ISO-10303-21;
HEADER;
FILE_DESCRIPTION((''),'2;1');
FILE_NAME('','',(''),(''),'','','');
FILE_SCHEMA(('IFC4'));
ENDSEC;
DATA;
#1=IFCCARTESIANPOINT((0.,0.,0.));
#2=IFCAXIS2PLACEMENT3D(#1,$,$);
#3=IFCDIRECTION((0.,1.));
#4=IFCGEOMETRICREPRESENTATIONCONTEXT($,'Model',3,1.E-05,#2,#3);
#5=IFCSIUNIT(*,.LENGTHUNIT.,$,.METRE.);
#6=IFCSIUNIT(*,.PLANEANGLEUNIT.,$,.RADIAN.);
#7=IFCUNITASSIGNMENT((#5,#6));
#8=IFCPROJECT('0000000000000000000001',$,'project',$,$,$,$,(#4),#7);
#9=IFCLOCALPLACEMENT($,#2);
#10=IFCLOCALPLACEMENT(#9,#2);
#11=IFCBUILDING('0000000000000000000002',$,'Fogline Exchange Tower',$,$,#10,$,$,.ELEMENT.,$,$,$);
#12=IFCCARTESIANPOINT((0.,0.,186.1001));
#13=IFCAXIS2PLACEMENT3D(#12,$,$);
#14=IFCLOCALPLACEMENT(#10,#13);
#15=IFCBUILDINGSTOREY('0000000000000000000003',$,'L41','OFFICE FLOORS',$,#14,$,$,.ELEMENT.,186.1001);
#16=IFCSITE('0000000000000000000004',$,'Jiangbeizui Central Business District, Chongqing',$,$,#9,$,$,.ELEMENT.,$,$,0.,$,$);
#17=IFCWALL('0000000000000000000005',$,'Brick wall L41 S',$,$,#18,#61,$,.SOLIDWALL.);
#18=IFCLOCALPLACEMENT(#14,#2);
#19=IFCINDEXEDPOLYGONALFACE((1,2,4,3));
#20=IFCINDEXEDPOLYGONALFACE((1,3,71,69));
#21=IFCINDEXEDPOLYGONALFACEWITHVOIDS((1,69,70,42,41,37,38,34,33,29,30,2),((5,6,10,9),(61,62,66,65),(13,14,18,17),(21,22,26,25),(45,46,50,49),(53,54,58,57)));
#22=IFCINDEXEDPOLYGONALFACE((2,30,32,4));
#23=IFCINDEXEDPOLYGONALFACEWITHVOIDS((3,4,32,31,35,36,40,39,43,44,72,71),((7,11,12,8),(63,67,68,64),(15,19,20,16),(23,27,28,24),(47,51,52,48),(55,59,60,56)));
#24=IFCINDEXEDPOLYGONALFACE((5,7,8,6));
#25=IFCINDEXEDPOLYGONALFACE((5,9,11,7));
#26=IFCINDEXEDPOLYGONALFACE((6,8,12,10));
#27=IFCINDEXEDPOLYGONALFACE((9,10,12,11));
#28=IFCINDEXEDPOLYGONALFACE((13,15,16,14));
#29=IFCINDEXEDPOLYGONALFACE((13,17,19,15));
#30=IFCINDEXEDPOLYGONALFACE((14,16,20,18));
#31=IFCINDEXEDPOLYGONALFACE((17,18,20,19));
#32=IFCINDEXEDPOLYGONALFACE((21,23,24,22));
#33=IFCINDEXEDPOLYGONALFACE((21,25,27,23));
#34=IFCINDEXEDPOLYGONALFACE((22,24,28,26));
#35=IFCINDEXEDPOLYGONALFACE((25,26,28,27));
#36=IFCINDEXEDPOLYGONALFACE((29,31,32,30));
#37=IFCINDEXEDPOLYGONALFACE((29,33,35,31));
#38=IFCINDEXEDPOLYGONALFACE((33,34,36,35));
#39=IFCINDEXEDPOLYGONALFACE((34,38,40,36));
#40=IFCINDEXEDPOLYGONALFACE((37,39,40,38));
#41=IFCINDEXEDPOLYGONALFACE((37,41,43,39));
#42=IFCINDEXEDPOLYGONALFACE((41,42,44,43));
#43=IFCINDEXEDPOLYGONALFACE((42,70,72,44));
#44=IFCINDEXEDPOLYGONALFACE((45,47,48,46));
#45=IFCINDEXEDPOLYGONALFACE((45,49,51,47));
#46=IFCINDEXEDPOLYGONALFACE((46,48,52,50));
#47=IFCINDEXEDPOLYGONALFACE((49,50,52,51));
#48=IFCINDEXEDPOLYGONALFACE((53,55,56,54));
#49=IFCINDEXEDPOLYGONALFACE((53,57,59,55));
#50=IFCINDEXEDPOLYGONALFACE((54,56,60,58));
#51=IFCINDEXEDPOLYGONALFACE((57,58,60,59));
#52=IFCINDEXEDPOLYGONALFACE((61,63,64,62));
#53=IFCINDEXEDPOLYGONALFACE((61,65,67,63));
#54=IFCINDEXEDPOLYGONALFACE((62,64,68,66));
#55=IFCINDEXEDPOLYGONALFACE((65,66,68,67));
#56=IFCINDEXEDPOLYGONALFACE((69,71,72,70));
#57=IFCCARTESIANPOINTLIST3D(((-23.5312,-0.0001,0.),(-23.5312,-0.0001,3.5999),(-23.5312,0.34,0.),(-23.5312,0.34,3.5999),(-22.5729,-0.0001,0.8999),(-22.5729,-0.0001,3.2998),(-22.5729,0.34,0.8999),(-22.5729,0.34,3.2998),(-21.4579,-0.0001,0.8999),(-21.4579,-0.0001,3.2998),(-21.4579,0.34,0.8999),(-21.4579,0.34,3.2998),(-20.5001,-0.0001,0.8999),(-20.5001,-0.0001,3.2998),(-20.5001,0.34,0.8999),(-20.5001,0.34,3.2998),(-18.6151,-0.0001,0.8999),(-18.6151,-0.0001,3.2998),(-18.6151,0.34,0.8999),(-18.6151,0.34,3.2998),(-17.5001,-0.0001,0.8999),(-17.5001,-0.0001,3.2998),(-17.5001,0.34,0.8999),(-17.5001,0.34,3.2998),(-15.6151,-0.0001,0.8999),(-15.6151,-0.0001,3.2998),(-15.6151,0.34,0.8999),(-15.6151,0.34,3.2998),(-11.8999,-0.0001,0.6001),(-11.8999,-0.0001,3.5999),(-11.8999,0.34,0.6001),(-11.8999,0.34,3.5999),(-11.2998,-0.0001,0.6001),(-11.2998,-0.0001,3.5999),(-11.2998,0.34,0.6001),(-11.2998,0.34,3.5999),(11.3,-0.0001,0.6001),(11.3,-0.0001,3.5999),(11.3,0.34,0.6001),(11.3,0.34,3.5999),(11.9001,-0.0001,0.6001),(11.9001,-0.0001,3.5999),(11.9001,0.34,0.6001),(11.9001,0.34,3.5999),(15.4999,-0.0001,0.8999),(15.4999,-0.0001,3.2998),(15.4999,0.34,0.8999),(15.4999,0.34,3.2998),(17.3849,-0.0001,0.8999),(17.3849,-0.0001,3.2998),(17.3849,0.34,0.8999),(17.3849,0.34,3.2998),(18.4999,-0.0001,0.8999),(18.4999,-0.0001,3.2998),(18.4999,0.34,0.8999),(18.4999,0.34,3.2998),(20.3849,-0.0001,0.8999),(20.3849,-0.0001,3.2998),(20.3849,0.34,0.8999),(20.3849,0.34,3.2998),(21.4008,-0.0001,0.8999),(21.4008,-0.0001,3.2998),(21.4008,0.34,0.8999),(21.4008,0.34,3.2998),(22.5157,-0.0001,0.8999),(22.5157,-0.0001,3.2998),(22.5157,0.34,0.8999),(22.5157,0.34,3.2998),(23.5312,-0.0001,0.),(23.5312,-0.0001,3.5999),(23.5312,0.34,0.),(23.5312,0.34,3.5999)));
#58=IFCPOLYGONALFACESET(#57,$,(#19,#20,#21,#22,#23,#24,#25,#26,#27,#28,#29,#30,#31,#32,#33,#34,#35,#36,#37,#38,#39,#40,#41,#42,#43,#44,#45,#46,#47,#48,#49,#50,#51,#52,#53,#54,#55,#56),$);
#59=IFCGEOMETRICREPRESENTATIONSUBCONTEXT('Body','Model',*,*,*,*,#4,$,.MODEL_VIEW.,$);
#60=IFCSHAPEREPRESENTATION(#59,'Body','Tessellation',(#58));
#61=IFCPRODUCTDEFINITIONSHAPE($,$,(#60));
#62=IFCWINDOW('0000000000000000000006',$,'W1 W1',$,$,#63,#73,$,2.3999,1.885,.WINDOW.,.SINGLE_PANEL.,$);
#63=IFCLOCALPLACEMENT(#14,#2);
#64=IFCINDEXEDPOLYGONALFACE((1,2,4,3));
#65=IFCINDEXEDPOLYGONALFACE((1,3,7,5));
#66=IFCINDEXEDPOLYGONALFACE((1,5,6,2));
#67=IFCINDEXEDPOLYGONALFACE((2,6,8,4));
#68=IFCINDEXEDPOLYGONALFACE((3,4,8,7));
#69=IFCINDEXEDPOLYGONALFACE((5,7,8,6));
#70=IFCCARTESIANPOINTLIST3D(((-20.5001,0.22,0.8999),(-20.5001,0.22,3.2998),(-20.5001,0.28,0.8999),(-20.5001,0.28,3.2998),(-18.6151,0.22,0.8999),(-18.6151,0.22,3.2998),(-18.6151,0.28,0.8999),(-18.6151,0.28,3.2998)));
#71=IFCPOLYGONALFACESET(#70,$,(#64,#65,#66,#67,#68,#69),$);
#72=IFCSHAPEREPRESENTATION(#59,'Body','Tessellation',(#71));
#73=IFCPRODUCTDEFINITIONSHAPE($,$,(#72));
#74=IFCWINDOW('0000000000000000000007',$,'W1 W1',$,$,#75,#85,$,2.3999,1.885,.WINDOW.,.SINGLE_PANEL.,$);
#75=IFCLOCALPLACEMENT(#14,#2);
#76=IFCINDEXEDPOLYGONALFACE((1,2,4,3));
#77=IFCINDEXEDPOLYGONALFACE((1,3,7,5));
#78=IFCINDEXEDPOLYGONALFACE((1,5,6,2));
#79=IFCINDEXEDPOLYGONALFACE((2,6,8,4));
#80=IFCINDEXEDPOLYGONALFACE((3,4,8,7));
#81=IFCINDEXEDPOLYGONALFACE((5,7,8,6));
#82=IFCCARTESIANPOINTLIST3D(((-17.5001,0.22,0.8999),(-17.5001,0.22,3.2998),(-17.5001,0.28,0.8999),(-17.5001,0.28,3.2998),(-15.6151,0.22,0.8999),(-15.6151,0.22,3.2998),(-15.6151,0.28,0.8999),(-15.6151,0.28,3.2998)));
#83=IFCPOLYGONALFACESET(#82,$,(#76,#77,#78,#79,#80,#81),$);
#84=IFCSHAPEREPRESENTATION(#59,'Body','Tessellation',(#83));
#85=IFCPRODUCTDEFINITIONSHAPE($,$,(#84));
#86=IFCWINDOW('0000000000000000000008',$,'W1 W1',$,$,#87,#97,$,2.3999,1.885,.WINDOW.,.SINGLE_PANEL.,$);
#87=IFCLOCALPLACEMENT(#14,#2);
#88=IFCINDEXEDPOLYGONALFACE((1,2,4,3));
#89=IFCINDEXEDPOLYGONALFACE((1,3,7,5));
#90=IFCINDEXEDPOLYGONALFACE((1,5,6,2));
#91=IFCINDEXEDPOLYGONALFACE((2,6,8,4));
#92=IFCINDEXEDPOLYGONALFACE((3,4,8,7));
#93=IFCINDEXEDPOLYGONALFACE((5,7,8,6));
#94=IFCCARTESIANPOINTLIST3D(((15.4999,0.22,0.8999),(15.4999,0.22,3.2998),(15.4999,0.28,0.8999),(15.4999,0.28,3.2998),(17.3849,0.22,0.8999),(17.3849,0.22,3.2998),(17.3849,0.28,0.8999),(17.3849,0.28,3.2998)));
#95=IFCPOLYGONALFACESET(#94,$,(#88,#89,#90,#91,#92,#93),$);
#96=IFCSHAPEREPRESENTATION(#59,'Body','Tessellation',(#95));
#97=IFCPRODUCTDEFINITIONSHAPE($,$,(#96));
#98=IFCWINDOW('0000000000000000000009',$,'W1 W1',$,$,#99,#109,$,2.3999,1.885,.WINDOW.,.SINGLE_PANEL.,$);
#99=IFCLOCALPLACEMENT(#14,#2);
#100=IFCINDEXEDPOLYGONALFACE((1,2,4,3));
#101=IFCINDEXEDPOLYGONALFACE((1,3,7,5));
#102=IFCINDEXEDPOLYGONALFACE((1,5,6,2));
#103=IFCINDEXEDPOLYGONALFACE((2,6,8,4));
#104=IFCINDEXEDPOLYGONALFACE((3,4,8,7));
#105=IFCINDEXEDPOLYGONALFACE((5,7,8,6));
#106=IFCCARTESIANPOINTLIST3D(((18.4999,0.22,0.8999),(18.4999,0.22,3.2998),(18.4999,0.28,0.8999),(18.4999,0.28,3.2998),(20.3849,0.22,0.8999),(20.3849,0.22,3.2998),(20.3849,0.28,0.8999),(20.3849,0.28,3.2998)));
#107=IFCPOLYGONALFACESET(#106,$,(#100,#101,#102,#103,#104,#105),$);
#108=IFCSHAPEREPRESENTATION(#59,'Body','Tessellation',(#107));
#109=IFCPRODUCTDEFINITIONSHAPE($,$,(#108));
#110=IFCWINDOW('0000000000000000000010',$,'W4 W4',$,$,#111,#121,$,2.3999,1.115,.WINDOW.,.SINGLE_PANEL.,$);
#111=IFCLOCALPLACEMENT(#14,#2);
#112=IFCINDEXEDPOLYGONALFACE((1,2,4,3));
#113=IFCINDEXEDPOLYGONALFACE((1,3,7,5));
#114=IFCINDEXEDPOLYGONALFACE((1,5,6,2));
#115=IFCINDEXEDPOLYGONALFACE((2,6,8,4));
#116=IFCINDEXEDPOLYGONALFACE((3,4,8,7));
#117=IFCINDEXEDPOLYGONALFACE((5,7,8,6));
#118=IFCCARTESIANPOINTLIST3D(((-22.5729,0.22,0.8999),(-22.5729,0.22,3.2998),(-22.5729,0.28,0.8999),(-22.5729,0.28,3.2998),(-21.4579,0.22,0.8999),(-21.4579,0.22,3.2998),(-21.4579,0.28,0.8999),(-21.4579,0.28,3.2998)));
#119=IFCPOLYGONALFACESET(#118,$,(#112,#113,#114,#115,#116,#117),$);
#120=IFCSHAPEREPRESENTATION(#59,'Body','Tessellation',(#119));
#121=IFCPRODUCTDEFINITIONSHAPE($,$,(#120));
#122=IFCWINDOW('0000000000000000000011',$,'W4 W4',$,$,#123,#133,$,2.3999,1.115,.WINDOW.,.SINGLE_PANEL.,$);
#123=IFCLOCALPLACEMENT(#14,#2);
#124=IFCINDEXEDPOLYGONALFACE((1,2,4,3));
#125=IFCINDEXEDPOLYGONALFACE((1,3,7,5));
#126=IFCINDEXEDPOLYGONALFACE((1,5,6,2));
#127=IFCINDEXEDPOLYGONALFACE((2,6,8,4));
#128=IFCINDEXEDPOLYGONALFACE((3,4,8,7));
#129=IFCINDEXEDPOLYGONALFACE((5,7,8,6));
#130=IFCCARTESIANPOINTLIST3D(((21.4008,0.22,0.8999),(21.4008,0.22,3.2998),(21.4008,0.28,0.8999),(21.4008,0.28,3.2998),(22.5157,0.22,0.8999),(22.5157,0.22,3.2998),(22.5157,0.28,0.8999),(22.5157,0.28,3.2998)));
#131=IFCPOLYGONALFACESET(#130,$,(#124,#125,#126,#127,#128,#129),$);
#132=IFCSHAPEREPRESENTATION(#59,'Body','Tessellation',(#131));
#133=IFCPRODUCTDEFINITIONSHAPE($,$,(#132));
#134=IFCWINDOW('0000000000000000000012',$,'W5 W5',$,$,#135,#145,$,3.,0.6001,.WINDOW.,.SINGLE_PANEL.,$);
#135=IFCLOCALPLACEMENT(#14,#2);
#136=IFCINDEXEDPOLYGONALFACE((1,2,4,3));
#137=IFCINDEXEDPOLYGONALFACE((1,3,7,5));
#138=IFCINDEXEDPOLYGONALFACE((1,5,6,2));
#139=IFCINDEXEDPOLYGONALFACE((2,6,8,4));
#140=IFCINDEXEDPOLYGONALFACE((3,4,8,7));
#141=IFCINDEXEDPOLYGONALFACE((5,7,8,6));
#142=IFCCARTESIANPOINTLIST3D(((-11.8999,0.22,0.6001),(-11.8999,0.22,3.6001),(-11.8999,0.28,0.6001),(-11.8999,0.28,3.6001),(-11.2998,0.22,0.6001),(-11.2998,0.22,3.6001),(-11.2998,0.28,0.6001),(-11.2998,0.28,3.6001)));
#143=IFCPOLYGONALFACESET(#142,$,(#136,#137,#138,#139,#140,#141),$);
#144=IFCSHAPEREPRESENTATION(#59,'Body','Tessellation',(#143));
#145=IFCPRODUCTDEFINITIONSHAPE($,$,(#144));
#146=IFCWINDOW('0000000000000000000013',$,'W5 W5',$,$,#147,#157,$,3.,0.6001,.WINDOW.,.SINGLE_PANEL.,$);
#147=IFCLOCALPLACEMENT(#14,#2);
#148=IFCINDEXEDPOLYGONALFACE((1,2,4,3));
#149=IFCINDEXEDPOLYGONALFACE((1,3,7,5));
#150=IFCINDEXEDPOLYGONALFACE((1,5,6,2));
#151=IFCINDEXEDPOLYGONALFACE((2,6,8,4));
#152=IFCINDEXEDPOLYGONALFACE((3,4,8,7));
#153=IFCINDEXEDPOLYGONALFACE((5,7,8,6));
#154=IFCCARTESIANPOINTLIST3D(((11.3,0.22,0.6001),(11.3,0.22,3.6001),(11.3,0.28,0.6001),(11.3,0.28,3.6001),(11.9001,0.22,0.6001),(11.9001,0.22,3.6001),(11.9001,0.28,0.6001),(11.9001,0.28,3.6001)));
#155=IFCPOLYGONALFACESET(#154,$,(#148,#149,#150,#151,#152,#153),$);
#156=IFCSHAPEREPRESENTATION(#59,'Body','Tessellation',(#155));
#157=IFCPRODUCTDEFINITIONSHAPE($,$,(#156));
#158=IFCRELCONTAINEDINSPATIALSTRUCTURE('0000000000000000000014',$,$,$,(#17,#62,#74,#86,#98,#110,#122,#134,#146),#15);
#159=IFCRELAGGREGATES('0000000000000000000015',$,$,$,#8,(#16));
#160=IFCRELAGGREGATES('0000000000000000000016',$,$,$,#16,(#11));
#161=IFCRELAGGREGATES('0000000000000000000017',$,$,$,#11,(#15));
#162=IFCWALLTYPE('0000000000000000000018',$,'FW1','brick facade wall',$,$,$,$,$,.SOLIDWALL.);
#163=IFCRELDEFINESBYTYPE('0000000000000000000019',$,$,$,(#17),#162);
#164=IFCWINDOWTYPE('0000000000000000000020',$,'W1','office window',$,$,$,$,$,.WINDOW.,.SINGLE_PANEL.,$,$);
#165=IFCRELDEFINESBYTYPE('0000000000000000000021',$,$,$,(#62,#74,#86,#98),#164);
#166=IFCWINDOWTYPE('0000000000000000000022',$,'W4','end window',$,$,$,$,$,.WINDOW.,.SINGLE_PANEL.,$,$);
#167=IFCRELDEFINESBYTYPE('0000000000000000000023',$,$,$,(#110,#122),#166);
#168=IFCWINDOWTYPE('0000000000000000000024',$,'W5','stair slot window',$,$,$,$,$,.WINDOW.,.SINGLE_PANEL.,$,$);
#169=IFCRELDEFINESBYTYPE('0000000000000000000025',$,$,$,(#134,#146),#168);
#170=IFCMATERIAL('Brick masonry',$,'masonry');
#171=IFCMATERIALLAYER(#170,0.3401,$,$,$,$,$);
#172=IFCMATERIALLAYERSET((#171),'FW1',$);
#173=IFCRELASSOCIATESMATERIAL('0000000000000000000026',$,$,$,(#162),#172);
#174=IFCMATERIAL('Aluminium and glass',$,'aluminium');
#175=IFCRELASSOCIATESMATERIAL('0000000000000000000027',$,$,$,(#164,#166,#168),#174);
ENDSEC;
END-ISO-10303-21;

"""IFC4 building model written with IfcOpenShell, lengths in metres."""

from ifc_helpers import new_model, si_unit, direction, frame, frame_2d, origin, place, context, subcontext, project, spatial, rectangle, extrude, material, layer, layer_set, type_object, element, fill, save


model = new_model("IFC4")

# Units and contexts
model_context = context("Model", 3, precision=1e-05, world=origin(), true_north=direction((0.0, 1.0)))
body_context = subcontext(model_context, "Body", "Model", "MODEL_VIEW")
ifc_project = project(units=[si_unit("LENGTHUNIT", "METRE"), si_unit("PLANEANGLEUNIT", "RADIAN")], contexts=[model_context])

# Site, building, storey
site_placement = place(None, origin())
site = spatial("IfcSite", under=ifc_project, at=site_placement, Name="Jiangbeizui Central Business District, Chongqing", CompositionType="ELEMENT", RefElevation=0.0)
building_placement = place(site_placement, origin())
building = spatial("IfcBuilding", under=site, at=building_placement, Name="Fogline Exchange Tower", CompositionType="ELEMENT")
storey_placement = place(building_placement, frame((0.0, 0.0, 186.1001)))
storey = spatial("IfcBuildingStorey", under=building, at=storey_placement, Name="L41", Description="OFFICE FLOORS", CompositionType="ELEMENT", Elevation=186.1001)

# Shared definitions
ifc_material_1 = material(Name="Brick masonry", Category="masonry")
ifc_layer = layer(ifc_material_1, 0.3401)
ifc_layer_set = layer_set([ifc_layer], Name="FW1")
wall_type = type_object("IfcWallType", Name="FW1", Description="brick facade wall", PredefinedType="SOLIDWALL", material=ifc_layer_set)
ifc_material_2 = material(Name="Aluminium and glass", Category="aluminium")

# Wall, openings, windows
wall_1_placement = place(storey_placement, frame((-23.5312, 0.1699, 0.0), z_axis=(0.0, 0.0, 1.0), x_axis=(1.0, 0.0, 0.0)))
wall_1 = element("IfcWall", 1, at=wall_1_placement, inside=storey, type_object=wall_type, Name="Brick wall L41 S", PredefinedType="SOLIDWALL", context=body_context, shape_type="SweptSolid", body=[
    extrude(rectangle(XDim=47.0625, YDim=0.3401, at=frame_2d((23.5312, 0.0))), origin(), (0.0, 0.0, 1.0), 3.5999),
])
opening_1_placement = place(wall_1_placement, frame((3.0312, 0.0, 0.8999)))
opening_1 = element("IfcOpeningElement", 2, at=opening_1_placement, cuts=wall_1, PredefinedType="OPENING", context=body_context, shape_type="SweptSolid", body=[
    extrude(rectangle(XDim=1.885, YDim=2.3999, at=frame_2d((0.9424, 1.2))), frame((0.0, 0.1802, 0.0), z_axis=(0.0, -1.0, 0.0), x_axis=(1.0, 0.0, 0.0)), (0.0, 0.0, 1.0), 0.3601),
])
opening_2_placement = place(wall_1_placement, frame((6.0312, 0.0, 0.8999)))
opening_2 = element("IfcOpeningElement", 3, at=opening_2_placement, cuts=wall_1, PredefinedType="OPENING", context=body_context, shape_type="SweptSolid", body=[
    extrude(rectangle(XDim=1.885, YDim=2.3999, at=frame_2d((0.9424, 1.2))), frame((0.0, 0.1802, 0.0), z_axis=(0.0, -1.0, 0.0), x_axis=(1.0, 0.0, 0.0)), (0.0, 0.0, 1.0), 0.3601),
])
opening_3_placement = place(wall_1_placement, frame((39.0312, 0.0, 0.8999)))
opening_3 = element("IfcOpeningElement", 4, at=opening_3_placement, cuts=wall_1, PredefinedType="OPENING", context=body_context, shape_type="SweptSolid", body=[
    extrude(rectangle(XDim=1.885, YDim=2.3999, at=frame_2d((0.9424, 1.2))), frame((0.0, 0.1802, 0.0), z_axis=(0.0, -1.0, 0.0), x_axis=(1.0, 0.0, 0.0)), (0.0, 0.0, 1.0), 0.3601),
])
opening_4_placement = place(wall_1_placement, frame((42.0312, 0.0, 0.8999)))
opening_4 = element("IfcOpeningElement", 5, at=opening_4_placement, cuts=wall_1, PredefinedType="OPENING", context=body_context, shape_type="SweptSolid", body=[
    extrude(rectangle(XDim=1.885, YDim=2.3999, at=frame_2d((0.9424, 1.2))), frame((0.0, 0.1802, 0.0), z_axis=(0.0, -1.0, 0.0), x_axis=(1.0, 0.0, 0.0)), (0.0, 0.0, 1.0), 0.3601),
])
opening_5_placement = place(wall_1_placement, frame((0.9583, 0.0, 0.8999)))
opening_5 = element("IfcOpeningElement", 6, at=opening_5_placement, cuts=wall_1, PredefinedType="OPENING", context=body_context, shape_type="SweptSolid", body=[
    extrude(rectangle(XDim=1.115, YDim=2.3999, at=frame_2d((0.5576, 1.2))), frame((0.0, 0.1802, 0.0), z_axis=(0.0, -1.0, 0.0), x_axis=(1.0, 0.0, 0.0)), (0.0, 0.0, 1.0), 0.3601),
])
opening_6_placement = place(wall_1_placement, frame((44.9319, 0.0, 0.8999)))
opening_6 = element("IfcOpeningElement", 7, at=opening_6_placement, cuts=wall_1, PredefinedType="OPENING", context=body_context, shape_type="SweptSolid", body=[
    extrude(rectangle(XDim=1.115, YDim=2.3999, at=frame_2d((0.5576, 1.2))), frame((0.0, 0.1802, 0.0), z_axis=(0.0, -1.0, 0.0), x_axis=(1.0, 0.0, 0.0)), (0.0, 0.0, 1.0), 0.3601),
])
opening_7_placement = place(wall_1_placement, frame((11.6313, 0.0, 0.6001)))
opening_7 = element("IfcOpeningElement", 8, at=opening_7_placement, cuts=wall_1, PredefinedType="OPENING", context=body_context, shape_type="SweptSolid", body=[
    extrude(rectangle(XDim=0.6001, YDim=3.0, at=frame_2d((0.3, 1.5))), frame((0.0, 0.1802, 0.0), z_axis=(0.0, -1.0, 0.0), x_axis=(1.0, 0.0, 0.0)), (0.0, 0.0, 1.0), 0.3601),
])
opening_8_placement = place(wall_1_placement, frame((34.8313, 0.0, 0.6001)))
opening_8 = element("IfcOpeningElement", 9, at=opening_8_placement, cuts=wall_1, PredefinedType="OPENING", context=body_context, shape_type="SweptSolid", body=[
    extrude(rectangle(XDim=0.6001, YDim=3.0, at=frame_2d((0.3, 1.5))), frame((0.0, 0.1802, 0.0), z_axis=(0.0, -1.0, 0.0), x_axis=(1.0, 0.0, 0.0)), (0.0, 0.0, 1.0), 0.3601),
])
window_type_1 = type_object("IfcWindowType", Name="W1", Description="office window", PartitioningType="SINGLE_PANEL", PredefinedType="WINDOW", material=ifc_material_2)
window_1_placement = place(opening_1_placement, origin())
window_1 = element("IfcWindow", 10, at=window_1_placement, inside=storey, type_object=window_type_1, Name="W1 W1", OverallHeight=2.3999, OverallWidth=1.885, PartitioningType="SINGLE_PANEL", PredefinedType="WINDOW", context=body_context, shape_type="SweptSolid", body=[
    extrude(rectangle(XDim=1.885, YDim=2.3999, at=frame_2d((0.9424, 1.2))), frame((0.0, 0.1101, 0.0), z_axis=(0.0, -1.0, 0.0), x_axis=(1.0, 0.0, 0.0)), (0.0, 0.0, 1.0), 0.0601),
])
fill(opening_1, window_1)
window_2_placement = place(opening_2_placement, origin())
window_2 = element("IfcWindow", 11, at=window_2_placement, inside=storey, type_object=window_type_1, Name="W1 W1", OverallHeight=2.3999, OverallWidth=1.885, PartitioningType="SINGLE_PANEL", PredefinedType="WINDOW", context=body_context, shape_type="SweptSolid", body=[
    extrude(rectangle(XDim=1.885, YDim=2.3999, at=frame_2d((0.9424, 1.2))), frame((0.0, 0.1101, 0.0), z_axis=(0.0, -1.0, 0.0), x_axis=(1.0, 0.0, 0.0)), (0.0, 0.0, 1.0), 0.0601),
])
fill(opening_2, window_2)
window_3_placement = place(opening_3_placement, origin())
window_3 = element("IfcWindow", 12, at=window_3_placement, inside=storey, type_object=window_type_1, Name="W1 W1", OverallHeight=2.3999, OverallWidth=1.885, PartitioningType="SINGLE_PANEL", PredefinedType="WINDOW", context=body_context, shape_type="SweptSolid", body=[
    extrude(rectangle(XDim=1.885, YDim=2.3999, at=frame_2d((0.9424, 1.2))), frame((0.0, 0.1101, 0.0), z_axis=(0.0, -1.0, 0.0), x_axis=(1.0, 0.0, 0.0)), (0.0, 0.0, 1.0), 0.0601),
])
fill(opening_3, window_3)
window_4_placement = place(opening_4_placement, origin())
window_4 = element("IfcWindow", 13, at=window_4_placement, inside=storey, type_object=window_type_1, Name="W1 W1", OverallHeight=2.3999, OverallWidth=1.885, PartitioningType="SINGLE_PANEL", PredefinedType="WINDOW", context=body_context, shape_type="SweptSolid", body=[
    extrude(rectangle(XDim=1.885, YDim=2.3999, at=frame_2d((0.9424, 1.2))), frame((0.0, 0.1101, 0.0), z_axis=(0.0, -1.0, 0.0), x_axis=(1.0, 0.0, 0.0)), (0.0, 0.0, 1.0), 0.0601),
])
fill(opening_4, window_4)
window_type_2 = type_object("IfcWindowType", Name="W4", Description="end window", PartitioningType="SINGLE_PANEL", PredefinedType="WINDOW", material=ifc_material_2)
window_5_placement = place(opening_5_placement, origin())
window_5 = element("IfcWindow", 14, at=window_5_placement, inside=storey, type_object=window_type_2, Name="W4 W4", OverallHeight=2.3999, OverallWidth=1.115, PartitioningType="SINGLE_PANEL", PredefinedType="WINDOW", context=body_context, shape_type="SweptSolid", body=[
    extrude(rectangle(XDim=1.115, YDim=2.3999, at=frame_2d((0.5576, 1.2))), frame((0.0, 0.1101, 0.0), z_axis=(0.0, -1.0, 0.0), x_axis=(1.0, 0.0, 0.0)), (0.0, 0.0, 1.0), 0.0601),
])
fill(opening_5, window_5)
window_6_placement = place(opening_6_placement, origin())
window_6 = element("IfcWindow", 15, at=window_6_placement, inside=storey, type_object=window_type_2, Name="W4 W4", OverallHeight=2.3999, OverallWidth=1.115, PartitioningType="SINGLE_PANEL", PredefinedType="WINDOW", context=body_context, shape_type="SweptSolid", body=[
    extrude(rectangle(XDim=1.115, YDim=2.3999, at=frame_2d((0.5576, 1.2))), frame((0.0, 0.1101, 0.0), z_axis=(0.0, -1.0, 0.0), x_axis=(1.0, 0.0, 0.0)), (0.0, 0.0, 1.0), 0.0601),
])
fill(opening_6, window_6)
window_type_3 = type_object("IfcWindowType", Name="W5", Description="stair slot window", PartitioningType="SINGLE_PANEL", PredefinedType="WINDOW", material=ifc_material_2)
window_7_placement = place(opening_7_placement, origin())
window_7 = element("IfcWindow", 16, at=window_7_placement, inside=storey, type_object=window_type_3, Name="W5 W5", OverallHeight=3.0, OverallWidth=0.6001, PartitioningType="SINGLE_PANEL", PredefinedType="WINDOW", context=body_context, shape_type="SweptSolid", body=[
    extrude(rectangle(XDim=0.6001, YDim=3.0, at=frame_2d((0.3, 1.5))), frame((0.0, 0.1101, 0.0), z_axis=(0.0, -1.0, 0.0), x_axis=(1.0, 0.0, 0.0)), (0.0, 0.0, 1.0), 0.0601),
])
fill(opening_7, window_7)
window_8_placement = place(opening_8_placement, origin())
window_8 = element("IfcWindow", 17, at=window_8_placement, inside=storey, type_object=window_type_3, Name="W5 W5", OverallHeight=3.0, OverallWidth=0.6001, PartitioningType="SINGLE_PANEL", PredefinedType="WINDOW", context=body_context, shape_type="SweptSolid", body=[
    extrude(rectangle(XDim=0.6001, YDim=3.0, at=frame_2d((0.3, 1.5))), frame((0.0, 0.1101, 0.0), z_axis=(0.0, -1.0, 0.0), x_axis=(1.0, 0.0, 0.0)), (0.0, 0.0, 1.0), 0.0601),
])
fill(opening_8, window_8)

save(model, "model.ifc")
